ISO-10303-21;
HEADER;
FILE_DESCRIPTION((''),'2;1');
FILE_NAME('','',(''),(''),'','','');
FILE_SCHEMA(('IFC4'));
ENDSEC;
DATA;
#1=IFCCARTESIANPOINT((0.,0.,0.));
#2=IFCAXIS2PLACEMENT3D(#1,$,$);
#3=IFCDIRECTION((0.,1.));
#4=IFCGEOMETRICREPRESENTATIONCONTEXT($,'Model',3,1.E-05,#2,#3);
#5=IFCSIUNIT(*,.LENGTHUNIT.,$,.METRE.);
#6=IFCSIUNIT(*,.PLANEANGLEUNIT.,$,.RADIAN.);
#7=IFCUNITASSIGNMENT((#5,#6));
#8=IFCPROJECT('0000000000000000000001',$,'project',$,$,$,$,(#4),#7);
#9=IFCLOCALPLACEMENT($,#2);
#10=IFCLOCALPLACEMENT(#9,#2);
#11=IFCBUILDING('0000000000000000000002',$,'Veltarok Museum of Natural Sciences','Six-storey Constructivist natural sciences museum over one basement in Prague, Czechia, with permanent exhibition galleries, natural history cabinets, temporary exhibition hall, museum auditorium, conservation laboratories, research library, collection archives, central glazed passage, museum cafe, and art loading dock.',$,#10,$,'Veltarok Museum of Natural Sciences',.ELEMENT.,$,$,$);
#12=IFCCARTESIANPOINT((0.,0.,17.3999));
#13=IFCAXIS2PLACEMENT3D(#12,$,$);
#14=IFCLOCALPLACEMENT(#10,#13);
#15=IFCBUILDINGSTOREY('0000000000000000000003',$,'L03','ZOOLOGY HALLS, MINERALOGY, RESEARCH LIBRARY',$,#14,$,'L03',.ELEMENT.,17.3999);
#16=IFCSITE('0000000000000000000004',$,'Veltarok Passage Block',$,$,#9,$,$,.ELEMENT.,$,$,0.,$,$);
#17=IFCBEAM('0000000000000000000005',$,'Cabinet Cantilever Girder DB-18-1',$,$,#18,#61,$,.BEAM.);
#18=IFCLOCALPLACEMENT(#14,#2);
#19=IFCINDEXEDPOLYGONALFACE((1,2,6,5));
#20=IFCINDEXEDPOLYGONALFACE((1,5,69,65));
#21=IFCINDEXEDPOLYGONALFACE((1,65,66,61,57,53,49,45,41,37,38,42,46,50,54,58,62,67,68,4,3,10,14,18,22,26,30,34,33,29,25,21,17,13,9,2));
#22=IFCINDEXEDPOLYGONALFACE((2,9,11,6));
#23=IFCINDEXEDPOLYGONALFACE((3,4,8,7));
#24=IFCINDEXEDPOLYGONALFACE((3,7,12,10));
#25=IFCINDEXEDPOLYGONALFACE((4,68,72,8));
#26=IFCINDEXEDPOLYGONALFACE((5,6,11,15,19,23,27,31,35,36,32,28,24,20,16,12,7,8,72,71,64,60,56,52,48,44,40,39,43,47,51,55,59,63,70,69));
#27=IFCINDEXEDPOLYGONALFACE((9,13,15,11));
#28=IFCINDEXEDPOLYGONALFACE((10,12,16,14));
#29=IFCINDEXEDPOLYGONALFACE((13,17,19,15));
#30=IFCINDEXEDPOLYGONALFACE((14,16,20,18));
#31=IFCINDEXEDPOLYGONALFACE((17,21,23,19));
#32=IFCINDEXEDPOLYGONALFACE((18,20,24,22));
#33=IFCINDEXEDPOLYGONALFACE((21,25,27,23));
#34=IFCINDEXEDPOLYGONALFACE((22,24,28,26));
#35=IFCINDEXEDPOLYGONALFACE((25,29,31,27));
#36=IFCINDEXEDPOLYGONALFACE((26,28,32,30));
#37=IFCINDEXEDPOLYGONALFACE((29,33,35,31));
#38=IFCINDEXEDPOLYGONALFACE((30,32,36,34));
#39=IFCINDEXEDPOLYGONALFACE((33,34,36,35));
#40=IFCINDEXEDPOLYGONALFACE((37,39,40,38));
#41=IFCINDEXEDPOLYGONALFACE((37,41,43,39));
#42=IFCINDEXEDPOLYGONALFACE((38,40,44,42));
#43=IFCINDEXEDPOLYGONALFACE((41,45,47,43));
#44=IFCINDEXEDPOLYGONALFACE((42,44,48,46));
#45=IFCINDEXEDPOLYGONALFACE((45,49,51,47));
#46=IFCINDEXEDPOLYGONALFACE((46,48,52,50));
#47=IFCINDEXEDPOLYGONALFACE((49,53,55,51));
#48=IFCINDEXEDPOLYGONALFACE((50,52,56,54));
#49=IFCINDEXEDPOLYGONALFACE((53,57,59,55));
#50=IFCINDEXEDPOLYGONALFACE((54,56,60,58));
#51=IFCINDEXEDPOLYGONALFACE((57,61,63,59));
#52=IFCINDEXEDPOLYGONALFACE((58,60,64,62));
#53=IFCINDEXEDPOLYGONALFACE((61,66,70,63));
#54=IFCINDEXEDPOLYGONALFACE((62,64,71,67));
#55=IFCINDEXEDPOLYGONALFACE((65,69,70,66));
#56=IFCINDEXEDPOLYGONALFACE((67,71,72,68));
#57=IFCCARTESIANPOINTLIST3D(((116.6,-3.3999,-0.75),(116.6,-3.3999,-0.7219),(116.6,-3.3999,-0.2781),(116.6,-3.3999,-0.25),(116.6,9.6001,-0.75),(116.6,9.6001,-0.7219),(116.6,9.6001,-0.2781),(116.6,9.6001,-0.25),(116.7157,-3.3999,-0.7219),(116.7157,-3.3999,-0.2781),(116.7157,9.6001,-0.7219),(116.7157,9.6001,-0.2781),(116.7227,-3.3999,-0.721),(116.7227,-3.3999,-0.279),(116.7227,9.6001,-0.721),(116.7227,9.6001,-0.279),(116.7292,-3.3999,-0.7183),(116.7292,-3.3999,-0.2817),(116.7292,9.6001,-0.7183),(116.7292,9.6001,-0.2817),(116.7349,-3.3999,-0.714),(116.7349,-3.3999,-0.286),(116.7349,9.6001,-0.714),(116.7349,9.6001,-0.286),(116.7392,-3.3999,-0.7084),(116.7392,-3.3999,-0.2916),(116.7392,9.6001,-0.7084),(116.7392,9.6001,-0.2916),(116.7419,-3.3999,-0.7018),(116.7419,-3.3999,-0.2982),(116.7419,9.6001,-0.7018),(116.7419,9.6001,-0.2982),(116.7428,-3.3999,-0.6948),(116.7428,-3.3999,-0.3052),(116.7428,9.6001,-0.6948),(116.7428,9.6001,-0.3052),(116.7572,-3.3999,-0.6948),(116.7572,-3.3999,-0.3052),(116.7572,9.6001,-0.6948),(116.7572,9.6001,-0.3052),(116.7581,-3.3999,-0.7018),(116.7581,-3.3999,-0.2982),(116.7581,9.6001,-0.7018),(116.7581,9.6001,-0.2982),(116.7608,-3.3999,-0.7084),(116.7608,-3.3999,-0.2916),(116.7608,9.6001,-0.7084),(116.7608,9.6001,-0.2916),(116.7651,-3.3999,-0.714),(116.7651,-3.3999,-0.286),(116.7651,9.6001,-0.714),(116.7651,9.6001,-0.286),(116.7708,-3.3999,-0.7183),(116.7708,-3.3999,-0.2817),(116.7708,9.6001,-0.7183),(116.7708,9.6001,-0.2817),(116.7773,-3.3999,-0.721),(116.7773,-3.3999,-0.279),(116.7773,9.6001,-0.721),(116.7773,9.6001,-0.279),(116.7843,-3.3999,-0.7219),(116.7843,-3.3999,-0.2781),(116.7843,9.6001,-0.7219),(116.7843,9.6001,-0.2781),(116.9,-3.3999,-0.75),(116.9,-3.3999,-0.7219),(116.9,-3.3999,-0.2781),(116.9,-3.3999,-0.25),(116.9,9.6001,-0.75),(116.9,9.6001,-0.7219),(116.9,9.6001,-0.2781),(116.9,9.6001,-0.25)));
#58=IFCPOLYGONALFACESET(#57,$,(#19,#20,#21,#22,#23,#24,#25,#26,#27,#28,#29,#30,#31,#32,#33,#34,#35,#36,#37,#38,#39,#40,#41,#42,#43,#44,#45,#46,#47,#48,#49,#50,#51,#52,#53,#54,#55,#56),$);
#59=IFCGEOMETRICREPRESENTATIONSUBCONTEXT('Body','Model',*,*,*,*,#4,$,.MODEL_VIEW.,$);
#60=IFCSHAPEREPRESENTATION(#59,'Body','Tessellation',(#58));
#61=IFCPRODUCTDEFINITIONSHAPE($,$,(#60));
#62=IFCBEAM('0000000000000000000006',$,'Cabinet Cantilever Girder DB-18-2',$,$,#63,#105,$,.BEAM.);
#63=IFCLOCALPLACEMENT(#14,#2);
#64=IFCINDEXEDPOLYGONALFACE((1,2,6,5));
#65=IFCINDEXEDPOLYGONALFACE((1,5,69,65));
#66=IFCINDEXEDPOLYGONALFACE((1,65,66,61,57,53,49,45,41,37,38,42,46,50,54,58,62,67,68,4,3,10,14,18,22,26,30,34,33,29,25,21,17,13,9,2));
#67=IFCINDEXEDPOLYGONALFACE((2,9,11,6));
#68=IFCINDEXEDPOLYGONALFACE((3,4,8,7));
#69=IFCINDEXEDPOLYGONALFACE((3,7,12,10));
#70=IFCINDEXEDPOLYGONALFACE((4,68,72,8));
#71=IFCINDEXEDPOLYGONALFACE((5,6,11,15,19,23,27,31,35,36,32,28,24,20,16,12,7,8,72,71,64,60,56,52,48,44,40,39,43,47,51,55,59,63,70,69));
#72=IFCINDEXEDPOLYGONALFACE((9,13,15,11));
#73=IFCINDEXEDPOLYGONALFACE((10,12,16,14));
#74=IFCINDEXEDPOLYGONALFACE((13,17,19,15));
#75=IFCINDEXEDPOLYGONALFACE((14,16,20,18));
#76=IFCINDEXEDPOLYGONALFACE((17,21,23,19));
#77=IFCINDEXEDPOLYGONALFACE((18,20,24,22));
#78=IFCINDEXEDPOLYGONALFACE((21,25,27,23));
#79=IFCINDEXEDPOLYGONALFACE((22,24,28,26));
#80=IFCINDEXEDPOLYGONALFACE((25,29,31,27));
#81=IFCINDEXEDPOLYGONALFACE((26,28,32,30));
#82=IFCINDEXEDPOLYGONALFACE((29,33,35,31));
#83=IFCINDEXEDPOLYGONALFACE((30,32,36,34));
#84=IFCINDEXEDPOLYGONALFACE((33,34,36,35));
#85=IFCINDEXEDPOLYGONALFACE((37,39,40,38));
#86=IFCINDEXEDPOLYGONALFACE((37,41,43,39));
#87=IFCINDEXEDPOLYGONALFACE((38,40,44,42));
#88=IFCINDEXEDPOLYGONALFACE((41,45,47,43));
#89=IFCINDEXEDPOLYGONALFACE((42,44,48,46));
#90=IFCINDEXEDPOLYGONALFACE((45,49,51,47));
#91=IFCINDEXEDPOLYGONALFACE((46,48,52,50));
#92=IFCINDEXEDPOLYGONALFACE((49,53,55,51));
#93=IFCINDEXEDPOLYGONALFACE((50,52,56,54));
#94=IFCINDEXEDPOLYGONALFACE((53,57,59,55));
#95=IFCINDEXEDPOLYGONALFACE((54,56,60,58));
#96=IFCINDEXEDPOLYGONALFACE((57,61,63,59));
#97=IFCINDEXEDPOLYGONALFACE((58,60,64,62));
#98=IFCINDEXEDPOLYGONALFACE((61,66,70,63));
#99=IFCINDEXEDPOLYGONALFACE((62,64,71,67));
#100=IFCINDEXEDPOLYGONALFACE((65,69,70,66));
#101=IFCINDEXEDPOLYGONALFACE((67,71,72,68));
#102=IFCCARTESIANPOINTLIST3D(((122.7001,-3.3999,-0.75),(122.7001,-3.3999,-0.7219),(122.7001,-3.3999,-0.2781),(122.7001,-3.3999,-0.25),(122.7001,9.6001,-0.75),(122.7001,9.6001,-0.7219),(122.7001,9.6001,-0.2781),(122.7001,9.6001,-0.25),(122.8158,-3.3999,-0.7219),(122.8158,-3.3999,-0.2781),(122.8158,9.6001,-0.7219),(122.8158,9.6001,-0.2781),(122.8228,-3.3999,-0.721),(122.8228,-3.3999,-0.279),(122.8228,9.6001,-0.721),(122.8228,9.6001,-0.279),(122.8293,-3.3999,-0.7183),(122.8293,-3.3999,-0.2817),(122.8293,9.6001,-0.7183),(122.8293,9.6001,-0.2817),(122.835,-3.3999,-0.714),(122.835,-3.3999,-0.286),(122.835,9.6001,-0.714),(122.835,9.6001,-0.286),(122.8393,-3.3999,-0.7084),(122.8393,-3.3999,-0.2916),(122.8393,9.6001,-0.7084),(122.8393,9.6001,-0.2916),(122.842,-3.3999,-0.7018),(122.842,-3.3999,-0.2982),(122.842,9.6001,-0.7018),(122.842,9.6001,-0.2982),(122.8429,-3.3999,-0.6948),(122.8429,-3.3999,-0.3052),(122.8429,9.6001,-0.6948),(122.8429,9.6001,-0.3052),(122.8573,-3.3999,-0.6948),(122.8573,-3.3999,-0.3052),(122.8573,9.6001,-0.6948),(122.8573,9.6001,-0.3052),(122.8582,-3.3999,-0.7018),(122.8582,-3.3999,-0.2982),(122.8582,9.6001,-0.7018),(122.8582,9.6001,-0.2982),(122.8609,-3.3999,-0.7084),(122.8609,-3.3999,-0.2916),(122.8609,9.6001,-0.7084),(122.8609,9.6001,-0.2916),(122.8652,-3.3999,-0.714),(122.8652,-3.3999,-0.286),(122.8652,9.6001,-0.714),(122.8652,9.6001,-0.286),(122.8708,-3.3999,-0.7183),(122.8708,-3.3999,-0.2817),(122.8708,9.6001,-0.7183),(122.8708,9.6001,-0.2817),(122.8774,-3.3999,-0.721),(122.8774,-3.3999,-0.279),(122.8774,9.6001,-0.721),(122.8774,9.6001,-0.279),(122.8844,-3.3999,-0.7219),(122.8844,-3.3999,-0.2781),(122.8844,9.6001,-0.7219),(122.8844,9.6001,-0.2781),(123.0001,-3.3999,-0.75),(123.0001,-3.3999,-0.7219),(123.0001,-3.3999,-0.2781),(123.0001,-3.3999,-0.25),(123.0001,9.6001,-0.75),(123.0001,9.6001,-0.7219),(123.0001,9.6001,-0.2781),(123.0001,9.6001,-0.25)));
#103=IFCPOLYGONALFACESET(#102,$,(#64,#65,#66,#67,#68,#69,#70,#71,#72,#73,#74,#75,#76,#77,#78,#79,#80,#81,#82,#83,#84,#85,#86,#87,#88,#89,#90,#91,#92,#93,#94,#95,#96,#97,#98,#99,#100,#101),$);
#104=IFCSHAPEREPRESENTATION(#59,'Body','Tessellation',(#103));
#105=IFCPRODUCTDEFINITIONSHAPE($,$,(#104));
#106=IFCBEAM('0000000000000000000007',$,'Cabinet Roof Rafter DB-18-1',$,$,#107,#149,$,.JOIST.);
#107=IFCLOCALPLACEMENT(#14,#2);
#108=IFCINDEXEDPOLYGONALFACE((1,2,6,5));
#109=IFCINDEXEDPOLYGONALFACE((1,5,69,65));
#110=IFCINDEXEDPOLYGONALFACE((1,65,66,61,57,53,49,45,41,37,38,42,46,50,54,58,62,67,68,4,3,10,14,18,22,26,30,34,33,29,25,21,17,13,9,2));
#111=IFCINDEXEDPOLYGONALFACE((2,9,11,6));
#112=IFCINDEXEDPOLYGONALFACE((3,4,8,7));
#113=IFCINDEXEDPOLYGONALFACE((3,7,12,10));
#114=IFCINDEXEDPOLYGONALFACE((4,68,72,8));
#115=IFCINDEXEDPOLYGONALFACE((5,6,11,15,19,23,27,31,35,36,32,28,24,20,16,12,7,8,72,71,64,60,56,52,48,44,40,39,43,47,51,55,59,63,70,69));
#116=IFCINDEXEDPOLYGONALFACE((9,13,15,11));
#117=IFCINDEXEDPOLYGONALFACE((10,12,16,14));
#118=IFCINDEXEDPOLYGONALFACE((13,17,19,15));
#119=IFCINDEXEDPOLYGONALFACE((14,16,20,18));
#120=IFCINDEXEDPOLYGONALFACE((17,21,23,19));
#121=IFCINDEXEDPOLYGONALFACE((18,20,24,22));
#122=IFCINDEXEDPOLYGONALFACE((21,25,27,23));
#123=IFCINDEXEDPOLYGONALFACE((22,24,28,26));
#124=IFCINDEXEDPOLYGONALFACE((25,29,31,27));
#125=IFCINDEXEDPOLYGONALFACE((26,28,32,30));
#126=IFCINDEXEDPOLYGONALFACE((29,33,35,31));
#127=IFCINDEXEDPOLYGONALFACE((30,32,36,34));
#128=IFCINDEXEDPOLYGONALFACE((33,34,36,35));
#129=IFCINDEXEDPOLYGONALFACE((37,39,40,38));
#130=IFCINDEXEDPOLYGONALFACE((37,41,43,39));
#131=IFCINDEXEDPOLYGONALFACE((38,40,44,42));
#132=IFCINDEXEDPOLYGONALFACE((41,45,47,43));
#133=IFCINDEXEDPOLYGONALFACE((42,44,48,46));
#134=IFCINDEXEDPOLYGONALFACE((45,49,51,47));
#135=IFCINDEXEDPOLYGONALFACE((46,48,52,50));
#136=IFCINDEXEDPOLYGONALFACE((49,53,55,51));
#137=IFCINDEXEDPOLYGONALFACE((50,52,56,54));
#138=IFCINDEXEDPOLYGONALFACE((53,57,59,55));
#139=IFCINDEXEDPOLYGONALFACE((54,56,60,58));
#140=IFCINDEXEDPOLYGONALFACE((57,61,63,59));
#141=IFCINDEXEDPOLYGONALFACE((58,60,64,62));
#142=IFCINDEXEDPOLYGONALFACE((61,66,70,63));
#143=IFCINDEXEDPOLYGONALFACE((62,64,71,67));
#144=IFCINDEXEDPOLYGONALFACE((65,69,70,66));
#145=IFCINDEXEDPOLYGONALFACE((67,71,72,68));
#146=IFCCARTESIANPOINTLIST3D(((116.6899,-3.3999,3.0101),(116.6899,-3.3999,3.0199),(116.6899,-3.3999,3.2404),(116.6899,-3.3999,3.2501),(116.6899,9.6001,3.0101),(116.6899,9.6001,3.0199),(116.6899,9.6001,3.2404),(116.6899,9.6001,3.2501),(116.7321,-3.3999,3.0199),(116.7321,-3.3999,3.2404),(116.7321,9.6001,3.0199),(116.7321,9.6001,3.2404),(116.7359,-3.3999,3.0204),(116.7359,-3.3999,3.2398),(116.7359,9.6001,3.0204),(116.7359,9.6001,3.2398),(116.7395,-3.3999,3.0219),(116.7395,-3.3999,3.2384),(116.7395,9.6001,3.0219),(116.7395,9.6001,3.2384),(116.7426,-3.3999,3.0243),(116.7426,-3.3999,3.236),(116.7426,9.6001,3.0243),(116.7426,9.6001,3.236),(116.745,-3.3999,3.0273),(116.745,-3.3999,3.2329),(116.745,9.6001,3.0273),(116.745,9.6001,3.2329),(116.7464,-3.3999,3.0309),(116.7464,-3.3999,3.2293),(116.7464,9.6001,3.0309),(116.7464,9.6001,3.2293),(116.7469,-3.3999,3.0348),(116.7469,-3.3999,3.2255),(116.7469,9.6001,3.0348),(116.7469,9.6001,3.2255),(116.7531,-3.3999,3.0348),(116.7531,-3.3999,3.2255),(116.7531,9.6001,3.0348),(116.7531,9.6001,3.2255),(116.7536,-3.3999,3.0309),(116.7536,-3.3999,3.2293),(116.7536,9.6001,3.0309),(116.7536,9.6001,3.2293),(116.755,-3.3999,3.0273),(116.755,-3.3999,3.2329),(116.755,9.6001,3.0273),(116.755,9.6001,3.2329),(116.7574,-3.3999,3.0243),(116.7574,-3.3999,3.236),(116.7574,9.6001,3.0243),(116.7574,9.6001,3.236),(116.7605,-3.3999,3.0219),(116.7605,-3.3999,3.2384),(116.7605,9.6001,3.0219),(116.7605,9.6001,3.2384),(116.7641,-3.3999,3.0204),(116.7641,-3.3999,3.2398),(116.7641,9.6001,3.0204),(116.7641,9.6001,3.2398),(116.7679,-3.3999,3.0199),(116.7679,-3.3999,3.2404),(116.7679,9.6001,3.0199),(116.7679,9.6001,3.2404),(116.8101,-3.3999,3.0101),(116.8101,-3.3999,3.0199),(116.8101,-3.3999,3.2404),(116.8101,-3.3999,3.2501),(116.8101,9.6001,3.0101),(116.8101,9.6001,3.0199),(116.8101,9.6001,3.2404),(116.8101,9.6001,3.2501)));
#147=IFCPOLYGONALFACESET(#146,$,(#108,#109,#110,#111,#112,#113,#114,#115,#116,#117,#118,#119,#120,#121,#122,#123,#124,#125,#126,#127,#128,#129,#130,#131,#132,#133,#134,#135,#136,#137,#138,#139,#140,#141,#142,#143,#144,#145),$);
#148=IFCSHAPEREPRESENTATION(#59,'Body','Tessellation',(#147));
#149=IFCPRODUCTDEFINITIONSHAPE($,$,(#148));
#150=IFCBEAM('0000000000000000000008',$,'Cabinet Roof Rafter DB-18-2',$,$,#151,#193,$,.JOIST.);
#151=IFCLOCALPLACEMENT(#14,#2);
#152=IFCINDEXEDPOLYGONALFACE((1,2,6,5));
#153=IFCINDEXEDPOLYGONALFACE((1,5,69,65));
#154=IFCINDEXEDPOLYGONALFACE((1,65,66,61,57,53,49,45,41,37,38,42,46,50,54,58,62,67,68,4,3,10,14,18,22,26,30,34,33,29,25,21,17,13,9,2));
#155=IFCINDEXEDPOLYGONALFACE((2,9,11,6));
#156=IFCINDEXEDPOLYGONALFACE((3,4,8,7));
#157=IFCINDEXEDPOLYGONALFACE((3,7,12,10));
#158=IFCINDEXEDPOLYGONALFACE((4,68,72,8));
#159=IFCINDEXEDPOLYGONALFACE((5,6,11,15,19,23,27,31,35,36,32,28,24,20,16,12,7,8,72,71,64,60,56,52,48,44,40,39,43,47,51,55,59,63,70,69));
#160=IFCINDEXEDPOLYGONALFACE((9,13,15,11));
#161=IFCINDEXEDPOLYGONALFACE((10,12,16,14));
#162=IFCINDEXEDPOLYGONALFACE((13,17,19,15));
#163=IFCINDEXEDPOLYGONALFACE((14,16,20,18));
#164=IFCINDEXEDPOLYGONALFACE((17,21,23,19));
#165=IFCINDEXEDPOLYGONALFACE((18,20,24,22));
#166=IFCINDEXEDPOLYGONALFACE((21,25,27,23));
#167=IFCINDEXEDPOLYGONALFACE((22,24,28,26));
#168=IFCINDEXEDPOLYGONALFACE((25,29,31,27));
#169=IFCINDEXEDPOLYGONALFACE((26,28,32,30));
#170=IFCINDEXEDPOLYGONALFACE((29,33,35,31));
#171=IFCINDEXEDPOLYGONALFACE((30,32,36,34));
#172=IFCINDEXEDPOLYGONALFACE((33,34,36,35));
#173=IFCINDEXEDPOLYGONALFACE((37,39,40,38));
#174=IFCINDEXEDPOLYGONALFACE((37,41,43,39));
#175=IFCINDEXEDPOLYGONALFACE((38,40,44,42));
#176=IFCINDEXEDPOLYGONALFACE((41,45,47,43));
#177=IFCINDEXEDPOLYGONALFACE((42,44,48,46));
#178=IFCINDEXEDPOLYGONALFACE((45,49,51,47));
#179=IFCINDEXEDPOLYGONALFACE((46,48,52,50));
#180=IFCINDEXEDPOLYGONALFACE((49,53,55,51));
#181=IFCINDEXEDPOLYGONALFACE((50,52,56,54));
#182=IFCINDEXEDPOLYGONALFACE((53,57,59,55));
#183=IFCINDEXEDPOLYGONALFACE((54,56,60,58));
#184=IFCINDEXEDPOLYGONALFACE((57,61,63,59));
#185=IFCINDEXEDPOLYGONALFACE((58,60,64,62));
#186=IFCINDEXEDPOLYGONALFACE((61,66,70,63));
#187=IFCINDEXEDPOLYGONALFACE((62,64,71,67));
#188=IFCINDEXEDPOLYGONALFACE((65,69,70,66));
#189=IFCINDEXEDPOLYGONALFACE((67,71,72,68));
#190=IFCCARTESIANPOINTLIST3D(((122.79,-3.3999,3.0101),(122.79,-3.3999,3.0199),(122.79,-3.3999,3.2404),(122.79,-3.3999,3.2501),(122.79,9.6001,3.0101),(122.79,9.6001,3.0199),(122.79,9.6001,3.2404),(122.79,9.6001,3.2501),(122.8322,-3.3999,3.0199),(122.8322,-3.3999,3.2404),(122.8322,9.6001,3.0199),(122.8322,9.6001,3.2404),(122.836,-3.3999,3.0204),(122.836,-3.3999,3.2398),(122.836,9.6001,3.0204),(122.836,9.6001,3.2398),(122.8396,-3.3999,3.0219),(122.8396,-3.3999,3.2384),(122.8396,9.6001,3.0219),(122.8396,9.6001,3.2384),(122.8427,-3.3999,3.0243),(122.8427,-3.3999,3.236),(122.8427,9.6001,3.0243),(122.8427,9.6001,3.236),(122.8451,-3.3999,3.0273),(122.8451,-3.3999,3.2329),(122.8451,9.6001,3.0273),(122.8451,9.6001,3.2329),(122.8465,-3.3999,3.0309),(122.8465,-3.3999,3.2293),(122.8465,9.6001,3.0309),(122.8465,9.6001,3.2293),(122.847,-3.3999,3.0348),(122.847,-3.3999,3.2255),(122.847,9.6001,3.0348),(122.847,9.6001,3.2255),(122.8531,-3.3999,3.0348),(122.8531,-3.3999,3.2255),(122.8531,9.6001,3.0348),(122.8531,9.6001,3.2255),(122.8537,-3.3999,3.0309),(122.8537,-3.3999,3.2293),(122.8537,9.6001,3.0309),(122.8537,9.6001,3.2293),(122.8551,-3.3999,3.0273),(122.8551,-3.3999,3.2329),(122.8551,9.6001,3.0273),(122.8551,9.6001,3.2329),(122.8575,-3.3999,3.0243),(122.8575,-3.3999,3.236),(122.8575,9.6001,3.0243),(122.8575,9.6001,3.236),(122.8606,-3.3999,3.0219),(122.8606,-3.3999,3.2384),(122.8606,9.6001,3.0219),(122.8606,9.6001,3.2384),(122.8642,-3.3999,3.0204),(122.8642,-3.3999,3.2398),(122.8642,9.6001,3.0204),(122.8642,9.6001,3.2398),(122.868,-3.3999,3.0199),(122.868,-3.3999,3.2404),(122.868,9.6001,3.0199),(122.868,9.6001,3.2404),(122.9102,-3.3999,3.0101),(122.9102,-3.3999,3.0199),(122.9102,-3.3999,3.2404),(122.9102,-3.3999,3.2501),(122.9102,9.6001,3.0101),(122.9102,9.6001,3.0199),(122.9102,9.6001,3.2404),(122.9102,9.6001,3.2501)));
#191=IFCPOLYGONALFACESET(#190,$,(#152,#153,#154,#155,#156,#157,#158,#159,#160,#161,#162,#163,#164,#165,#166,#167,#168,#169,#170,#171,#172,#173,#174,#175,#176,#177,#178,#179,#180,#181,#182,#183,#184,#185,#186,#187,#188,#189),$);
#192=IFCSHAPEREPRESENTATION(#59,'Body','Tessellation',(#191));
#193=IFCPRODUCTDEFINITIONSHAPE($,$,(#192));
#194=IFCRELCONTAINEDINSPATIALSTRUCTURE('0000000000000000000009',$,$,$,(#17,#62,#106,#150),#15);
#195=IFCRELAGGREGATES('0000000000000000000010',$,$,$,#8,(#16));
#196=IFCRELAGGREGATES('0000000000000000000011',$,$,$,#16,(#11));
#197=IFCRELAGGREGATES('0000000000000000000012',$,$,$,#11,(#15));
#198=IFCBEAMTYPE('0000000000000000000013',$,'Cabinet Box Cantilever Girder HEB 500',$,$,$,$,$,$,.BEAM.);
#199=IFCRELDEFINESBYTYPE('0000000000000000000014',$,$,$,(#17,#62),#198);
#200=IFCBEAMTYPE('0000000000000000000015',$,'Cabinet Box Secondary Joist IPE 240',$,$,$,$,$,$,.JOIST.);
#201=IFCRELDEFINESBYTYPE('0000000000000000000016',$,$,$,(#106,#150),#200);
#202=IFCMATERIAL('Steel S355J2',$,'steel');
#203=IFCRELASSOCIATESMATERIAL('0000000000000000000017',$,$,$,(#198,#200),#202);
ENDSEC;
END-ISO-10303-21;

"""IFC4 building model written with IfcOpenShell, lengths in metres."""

from ifc_helpers import new_model, si_unit, direction, frame, origin, origin_2d, place, context, subcontext, project, spatial, i_section, extrude, material, material_profile, profile_set, type_object, element, save


model = new_model("IFC4")

# Units and contexts
model_context = context("Model", 3, precision=1e-05, world=origin(), true_north=direction((0.0, 1.0)))
body_context = subcontext(model_context, "Body", "Model", "MODEL_VIEW")
ifc_project = project(units=[si_unit("LENGTHUNIT", "METRE"), si_unit("PLANEANGLEUNIT", "RADIAN")], contexts=[model_context])

# Site, building, storey
site_placement = place(None, origin())
site = spatial("IfcSite", under=ifc_project, at=site_placement, Name="Veltarok Passage Block", CompositionType="ELEMENT", RefElevation=0.0)
building_placement = place(site_placement, origin())
building = spatial("IfcBuilding", under=site, at=building_placement, Name="Veltarok Museum of Natural Sciences", Description="Six-storey Constructivist natural sciences museum over one basement in Prague, Czechia, with permanent exhibition galleries, natural history cabinets, temporary exhibition hall, museum auditorium, conservation laboratories, research library, collection archives, central glazed passage, museum cafe, and art loading dock.", LongName="Veltarok Museum of Natural Sciences", CompositionType="ELEMENT")
storey_placement = place(building_placement, frame((0.0, 0.0, 17.3999)))
storey = spatial("IfcBuildingStorey", under=building, at=storey_placement, Name="L03", Description="ZOOLOGY HALLS, MINERALOGY, RESEARCH LIBRARY", LongName="L03", CompositionType="ELEMENT", Elevation=17.3999)

# Shared definitions
ifc_material_1 = material(Name="Steel S355J2", Category="steel")

# Beams
ifc_material_profile_1 = material_profile(ifc_material_1, i_section(OverallWidth=0.3, OverallDepth=0.5, WebThickness=0.0144, FlangeThickness=0.0281, FilletRadius=0.0271, at=origin_2d()), Name="HEB 500")
ifc_profile_set_1 = profile_set([ifc_material_profile_1], Name="Steel S355J2")
beam_type_1 = type_object("IfcBeamType", Name="Cabinet Box Cantilever Girder HEB 500", PredefinedType="BEAM", material=ifc_profile_set_1)
for number, where, z_axis, x_axis, name in (
    (1, (116.75, -3.3999, -0.5), (0.0, 1.0, 0.0), (-1.0, 0.0, 0.0), "Cabinet Cantilever Girder DB-18-1"),
    (2, (122.8501, -3.3999, -0.5), (0.0, 1.0, 0.0), (-1.0, 0.0, 0.0), "Cabinet Cantilever Girder DB-18-2"),
):
    element("IfcBeam", number, at=place(storey_placement, frame(where, z_axis=z_axis, x_axis=x_axis)), inside=storey, type_object=beam_type_1, Name=name, PredefinedType="BEAM", context=body_context, shape_type="SweptSolid", body=[
        extrude(i_section(OverallWidth=0.3, OverallDepth=0.5, WebThickness=0.0144, FlangeThickness=0.0281, FilletRadius=0.0271, at=origin_2d()), origin(), (0.0, 0.0, 1.0), 13.0),
    ])
ifc_material_profile_2 = material_profile(ifc_material_1, i_section(OverallWidth=0.1201, OverallDepth=0.24, WebThickness=0.0061, FlangeThickness=0.0098, FilletRadius=0.0149, at=origin_2d()), Name="IPE 240")
ifc_profile_set_2 = profile_set([ifc_material_profile_2], Name="Steel S355J2")
beam_type_2 = type_object("IfcBeamType", Name="Cabinet Box Secondary Joist IPE 240", PredefinedType="JOIST", material=ifc_profile_set_2)
for number, where, z_axis, x_axis, name in (
    (3, (116.75, -3.3999, 3.1301), (0.0, 1.0, 0.0), (-1.0, 0.0, 0.0), "Cabinet Roof Rafter DB-18-1"),
    (4, (122.8501, -3.3999, 3.1301), (0.0, 1.0, 0.0), (-1.0, 0.0, 0.0), "Cabinet Roof Rafter DB-18-2"),
):
    element("IfcBeam", number, at=place(storey_placement, frame(where, z_axis=z_axis, x_axis=x_axis)), inside=storey, type_object=beam_type_2, Name=name, PredefinedType="JOIST", context=body_context, shape_type="SweptSolid", body=[
        extrude(i_section(OverallWidth=0.1201, OverallDepth=0.24, WebThickness=0.0061, FlangeThickness=0.0098, FilletRadius=0.0149, at=origin_2d()), origin(), (0.0, 0.0, 1.0), 13.0),
    ])

save(model, "model.ifc")
